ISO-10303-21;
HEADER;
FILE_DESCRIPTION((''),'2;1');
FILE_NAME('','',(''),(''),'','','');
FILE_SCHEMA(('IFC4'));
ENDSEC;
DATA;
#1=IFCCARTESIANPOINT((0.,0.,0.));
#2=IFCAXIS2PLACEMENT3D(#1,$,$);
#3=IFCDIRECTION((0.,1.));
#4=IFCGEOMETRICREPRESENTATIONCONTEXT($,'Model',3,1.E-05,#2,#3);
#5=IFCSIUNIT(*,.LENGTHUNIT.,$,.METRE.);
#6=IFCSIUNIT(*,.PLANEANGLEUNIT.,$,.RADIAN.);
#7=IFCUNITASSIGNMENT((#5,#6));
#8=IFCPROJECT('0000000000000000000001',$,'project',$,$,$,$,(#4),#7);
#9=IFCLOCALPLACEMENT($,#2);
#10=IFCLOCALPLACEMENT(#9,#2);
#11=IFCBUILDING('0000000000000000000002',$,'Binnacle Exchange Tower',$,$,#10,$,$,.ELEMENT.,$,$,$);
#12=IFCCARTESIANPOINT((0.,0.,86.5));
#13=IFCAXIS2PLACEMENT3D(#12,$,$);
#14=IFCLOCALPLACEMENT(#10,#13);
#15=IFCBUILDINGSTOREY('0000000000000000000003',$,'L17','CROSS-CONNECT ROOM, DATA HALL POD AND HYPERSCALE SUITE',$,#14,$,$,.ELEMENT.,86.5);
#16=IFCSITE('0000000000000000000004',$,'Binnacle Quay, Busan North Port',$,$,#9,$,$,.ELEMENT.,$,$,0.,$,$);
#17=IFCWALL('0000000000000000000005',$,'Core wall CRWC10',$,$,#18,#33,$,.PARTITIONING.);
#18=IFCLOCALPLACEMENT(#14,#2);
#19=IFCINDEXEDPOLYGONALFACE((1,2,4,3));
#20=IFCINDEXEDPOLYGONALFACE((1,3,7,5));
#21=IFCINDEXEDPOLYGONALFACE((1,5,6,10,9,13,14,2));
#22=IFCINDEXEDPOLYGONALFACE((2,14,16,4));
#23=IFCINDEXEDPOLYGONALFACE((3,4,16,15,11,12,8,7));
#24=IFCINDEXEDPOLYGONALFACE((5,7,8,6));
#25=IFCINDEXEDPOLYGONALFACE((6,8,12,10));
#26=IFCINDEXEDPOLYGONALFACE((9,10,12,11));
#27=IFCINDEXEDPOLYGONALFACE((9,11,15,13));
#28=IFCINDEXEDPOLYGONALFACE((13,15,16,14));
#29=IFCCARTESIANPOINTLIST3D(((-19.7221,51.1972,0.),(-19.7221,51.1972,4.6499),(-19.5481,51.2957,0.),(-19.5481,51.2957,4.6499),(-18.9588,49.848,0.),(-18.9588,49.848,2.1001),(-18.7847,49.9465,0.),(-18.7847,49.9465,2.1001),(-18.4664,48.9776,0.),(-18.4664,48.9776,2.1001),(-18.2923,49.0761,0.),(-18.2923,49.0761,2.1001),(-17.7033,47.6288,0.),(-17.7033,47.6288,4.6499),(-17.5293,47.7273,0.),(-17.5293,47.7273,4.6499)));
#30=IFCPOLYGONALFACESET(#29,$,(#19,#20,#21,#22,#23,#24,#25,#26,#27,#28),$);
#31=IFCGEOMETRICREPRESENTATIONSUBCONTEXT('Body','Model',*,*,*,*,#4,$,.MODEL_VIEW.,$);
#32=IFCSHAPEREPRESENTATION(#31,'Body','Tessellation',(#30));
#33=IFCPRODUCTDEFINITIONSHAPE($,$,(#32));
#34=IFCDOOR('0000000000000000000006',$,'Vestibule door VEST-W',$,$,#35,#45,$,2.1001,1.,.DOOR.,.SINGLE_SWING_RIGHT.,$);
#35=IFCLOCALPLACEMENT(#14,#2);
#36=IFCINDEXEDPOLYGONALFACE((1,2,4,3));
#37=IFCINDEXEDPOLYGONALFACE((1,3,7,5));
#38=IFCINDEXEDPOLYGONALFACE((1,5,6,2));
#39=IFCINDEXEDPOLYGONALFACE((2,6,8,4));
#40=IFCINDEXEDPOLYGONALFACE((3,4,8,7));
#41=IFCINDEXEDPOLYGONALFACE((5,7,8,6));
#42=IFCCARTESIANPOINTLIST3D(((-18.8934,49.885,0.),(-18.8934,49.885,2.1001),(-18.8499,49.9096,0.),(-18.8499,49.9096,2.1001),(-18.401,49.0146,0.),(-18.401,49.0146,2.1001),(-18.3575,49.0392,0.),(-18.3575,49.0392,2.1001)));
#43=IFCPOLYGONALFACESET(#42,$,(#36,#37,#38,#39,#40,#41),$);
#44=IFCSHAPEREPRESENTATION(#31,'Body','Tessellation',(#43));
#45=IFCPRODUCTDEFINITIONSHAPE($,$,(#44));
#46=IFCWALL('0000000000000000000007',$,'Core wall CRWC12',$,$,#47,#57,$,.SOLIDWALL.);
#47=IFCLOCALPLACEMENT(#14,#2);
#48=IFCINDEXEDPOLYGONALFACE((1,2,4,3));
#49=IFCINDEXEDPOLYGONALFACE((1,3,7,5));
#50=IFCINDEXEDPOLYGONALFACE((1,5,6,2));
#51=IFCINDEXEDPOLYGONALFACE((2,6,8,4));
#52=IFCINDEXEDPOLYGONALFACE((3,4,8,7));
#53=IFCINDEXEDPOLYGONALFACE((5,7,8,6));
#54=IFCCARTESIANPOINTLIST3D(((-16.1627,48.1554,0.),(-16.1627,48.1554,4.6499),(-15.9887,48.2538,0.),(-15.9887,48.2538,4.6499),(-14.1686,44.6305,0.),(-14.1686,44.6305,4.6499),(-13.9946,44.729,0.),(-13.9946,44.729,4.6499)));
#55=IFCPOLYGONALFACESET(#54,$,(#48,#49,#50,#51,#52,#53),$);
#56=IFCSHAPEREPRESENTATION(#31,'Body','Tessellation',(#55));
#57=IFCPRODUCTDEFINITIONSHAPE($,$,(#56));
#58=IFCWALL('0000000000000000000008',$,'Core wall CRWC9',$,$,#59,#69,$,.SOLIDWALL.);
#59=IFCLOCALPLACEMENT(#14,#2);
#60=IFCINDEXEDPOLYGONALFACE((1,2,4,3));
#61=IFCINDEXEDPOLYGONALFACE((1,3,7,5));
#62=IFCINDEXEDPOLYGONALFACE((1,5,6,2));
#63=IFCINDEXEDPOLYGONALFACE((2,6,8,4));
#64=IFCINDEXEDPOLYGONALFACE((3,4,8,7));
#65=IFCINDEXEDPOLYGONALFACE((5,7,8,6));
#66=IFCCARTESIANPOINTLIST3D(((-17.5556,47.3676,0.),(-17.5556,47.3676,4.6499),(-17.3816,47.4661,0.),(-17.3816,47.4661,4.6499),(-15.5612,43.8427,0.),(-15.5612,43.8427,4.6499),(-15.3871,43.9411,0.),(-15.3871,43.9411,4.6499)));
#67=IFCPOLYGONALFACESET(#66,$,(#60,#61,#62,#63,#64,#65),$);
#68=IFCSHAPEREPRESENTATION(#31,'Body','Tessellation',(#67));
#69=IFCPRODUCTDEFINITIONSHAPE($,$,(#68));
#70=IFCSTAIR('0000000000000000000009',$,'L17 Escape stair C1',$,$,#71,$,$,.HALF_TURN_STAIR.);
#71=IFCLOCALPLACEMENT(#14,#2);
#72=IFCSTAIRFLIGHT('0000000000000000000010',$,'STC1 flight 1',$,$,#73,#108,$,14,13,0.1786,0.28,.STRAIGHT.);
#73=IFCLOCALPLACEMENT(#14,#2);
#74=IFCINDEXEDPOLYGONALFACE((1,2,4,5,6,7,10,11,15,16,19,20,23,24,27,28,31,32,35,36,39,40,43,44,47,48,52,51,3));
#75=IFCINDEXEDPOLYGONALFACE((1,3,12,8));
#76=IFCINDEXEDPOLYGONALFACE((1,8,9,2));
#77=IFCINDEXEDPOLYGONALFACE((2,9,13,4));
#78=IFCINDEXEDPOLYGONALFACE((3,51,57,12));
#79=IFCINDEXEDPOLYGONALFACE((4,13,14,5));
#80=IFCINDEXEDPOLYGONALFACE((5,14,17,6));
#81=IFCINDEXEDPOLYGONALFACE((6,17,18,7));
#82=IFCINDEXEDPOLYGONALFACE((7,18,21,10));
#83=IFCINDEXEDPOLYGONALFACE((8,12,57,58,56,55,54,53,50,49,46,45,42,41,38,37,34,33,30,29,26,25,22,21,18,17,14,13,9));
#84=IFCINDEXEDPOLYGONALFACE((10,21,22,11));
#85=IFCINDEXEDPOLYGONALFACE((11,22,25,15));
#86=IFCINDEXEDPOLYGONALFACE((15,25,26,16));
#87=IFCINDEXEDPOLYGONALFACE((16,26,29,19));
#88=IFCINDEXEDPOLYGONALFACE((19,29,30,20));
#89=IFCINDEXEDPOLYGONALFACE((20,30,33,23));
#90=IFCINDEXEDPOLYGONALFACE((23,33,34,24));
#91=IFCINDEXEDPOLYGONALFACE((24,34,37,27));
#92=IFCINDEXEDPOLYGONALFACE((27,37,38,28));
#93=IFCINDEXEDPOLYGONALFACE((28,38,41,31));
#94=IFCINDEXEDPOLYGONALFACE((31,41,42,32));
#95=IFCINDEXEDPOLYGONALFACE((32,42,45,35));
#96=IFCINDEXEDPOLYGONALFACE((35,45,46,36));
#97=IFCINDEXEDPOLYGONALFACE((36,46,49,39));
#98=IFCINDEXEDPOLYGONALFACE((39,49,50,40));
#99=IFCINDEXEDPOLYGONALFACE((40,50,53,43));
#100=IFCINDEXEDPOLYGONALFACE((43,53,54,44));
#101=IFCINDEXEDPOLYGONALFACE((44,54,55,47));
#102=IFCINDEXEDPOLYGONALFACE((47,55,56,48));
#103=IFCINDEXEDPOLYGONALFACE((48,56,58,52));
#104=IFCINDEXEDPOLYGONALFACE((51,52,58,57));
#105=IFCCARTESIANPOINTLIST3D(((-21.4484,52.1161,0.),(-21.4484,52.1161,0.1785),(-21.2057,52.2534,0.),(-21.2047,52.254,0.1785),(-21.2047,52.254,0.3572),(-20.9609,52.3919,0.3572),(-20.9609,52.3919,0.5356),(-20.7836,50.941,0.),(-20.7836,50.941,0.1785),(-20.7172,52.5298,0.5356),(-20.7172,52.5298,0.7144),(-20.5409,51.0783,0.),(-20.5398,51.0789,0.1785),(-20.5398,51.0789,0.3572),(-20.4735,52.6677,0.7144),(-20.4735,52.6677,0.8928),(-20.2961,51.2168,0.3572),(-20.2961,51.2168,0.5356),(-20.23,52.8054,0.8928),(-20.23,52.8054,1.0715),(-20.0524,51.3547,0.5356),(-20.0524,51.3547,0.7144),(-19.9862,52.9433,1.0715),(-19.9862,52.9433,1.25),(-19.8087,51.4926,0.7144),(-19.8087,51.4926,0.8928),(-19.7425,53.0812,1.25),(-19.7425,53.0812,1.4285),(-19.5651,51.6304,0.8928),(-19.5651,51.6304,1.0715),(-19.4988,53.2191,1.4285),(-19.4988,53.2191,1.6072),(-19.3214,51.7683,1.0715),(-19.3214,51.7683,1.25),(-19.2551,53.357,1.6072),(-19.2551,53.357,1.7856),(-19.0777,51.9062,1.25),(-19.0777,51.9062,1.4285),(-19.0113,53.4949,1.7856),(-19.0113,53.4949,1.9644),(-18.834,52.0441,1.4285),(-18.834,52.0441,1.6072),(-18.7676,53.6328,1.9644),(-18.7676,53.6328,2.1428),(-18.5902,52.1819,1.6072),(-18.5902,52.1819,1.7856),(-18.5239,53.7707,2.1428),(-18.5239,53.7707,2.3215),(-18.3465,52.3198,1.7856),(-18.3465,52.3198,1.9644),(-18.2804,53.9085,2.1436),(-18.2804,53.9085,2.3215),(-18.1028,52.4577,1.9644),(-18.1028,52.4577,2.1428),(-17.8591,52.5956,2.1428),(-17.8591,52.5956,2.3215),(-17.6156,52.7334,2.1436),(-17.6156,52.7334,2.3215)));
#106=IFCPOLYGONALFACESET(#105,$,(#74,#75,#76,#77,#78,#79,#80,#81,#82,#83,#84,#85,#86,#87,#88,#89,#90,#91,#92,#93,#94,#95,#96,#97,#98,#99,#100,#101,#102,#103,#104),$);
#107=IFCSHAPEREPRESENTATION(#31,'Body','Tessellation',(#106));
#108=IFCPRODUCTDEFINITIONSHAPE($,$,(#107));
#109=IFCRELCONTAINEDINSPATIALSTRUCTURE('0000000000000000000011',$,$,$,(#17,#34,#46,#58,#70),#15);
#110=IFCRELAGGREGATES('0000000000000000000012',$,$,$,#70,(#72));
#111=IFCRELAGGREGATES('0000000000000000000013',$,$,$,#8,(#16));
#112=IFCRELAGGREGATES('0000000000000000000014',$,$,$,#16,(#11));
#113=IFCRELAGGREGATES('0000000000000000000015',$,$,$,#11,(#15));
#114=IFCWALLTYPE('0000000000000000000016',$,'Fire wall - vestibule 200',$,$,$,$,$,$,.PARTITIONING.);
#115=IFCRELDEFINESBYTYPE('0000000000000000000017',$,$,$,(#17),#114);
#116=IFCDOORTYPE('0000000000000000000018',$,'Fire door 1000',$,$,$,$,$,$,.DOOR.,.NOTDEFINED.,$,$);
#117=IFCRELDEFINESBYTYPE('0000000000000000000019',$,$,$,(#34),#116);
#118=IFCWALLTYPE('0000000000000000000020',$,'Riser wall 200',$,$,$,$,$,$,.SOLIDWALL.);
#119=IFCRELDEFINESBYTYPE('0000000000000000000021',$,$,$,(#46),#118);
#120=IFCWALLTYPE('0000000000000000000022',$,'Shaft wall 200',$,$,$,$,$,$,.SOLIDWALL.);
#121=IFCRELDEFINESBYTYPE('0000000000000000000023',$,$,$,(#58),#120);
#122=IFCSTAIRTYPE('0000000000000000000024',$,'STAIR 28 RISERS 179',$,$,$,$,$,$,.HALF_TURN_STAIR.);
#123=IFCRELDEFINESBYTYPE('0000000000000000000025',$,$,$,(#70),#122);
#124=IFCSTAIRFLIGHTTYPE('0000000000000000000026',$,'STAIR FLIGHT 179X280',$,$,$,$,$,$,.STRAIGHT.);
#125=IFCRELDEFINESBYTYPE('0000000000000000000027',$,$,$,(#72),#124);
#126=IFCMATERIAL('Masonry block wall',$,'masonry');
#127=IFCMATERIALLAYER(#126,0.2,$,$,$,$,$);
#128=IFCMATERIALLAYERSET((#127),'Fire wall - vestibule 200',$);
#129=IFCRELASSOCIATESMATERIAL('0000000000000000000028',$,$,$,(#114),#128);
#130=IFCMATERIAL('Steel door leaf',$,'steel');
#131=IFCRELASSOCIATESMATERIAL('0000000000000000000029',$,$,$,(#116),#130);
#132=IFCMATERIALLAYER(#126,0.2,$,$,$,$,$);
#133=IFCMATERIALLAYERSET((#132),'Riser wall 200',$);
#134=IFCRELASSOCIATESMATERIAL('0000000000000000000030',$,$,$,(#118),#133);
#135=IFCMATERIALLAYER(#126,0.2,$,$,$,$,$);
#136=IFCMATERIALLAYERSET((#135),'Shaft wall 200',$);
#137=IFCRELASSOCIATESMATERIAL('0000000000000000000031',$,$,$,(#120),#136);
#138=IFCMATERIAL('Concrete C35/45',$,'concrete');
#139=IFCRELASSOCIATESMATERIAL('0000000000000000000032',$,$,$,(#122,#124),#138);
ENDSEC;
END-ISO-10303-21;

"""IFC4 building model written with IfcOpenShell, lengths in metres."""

from ifc_helpers import new_model, si_unit, direction, frame, frame_2d, origin, place, context, subcontext, project, spatial, polyline, rectangle, outline, extrude, material, layer, layer_set, type_object, element, fill, aggregate, save


model = new_model("IFC4")

# Units and contexts
model_context = context("Model", 3, precision=1e-05, world=origin(), true_north=direction((0.0, 1.0)))
body_context = subcontext(model_context, "Body", "Model", "MODEL_VIEW")
ifc_project = project(units=[si_unit("LENGTHUNIT", "METRE"), si_unit("PLANEANGLEUNIT", "RADIAN")], contexts=[model_context])

# Site, building, storey
site_placement = place(None, origin())
site = spatial("IfcSite", under=ifc_project, at=site_placement, Name="Binnacle Quay, Busan North Port", CompositionType="ELEMENT", RefElevation=0.0)
building_placement = place(site_placement, origin())
building = spatial("IfcBuilding", under=site, at=building_placement, Name="Binnacle Exchange Tower", CompositionType="ELEMENT")
storey_placement = place(building_placement, frame((0.0, 0.0, 86.5)))
storey = spatial("IfcBuildingStorey", under=building, at=storey_placement, Name="L17", Description="CROSS-CONNECT ROOM, DATA HALL POD AND HYPERSCALE SUITE", CompositionType="ELEMENT", Elevation=86.5)

# Shared definitions
ifc_material_1 = material(Name="Steel door leaf", Category="steel")

# Wall, opening, door
ifc_material_2 = material(Name="Masonry block wall", Category="masonry")
ifc_layer_1 = layer(ifc_material_2, 0.2)
ifc_layer_set_1 = layer_set([ifc_layer_1], Name="Fire wall - vestibule 200")
wall_type_1 = type_object("IfcWallType", Name="Fire wall - vestibule 200", PredefinedType="PARTITIONING", material=ifc_layer_set_1)
wall_1_placement = place(storey_placement, frame((-19.635, 51.2463, 0.0), z_axis=(0.0, 0.0, 1.0), x_axis=(0.492408, -0.870364, 0.0)))
wall_1 = element("IfcWall", 1, at=wall_1_placement, inside=storey, type_object=wall_type_1, Name="Core wall CRWC10", PredefinedType="PARTITIONING", context=body_context, shape_type="SweptSolid", body=[
    extrude(rectangle(XDim=4.0999, YDim=0.2, at=frame_2d((2.0498, 0.0))), origin(), (0.0, 0.0, 1.0), 4.6499),
])
opening_1_placement = place(wall_1_placement, frame((1.55, 0.0, 0.0)))
opening_1 = element("IfcOpeningElement", 2, at=opening_1_placement, cuts=wall_1, PredefinedType="OPENING", context=body_context, shape_type="SweptSolid", body=[
    extrude(rectangle(XDim=1.0, YDim=2.1001, at=frame_2d((0.5, 1.05))), frame((0.0, 0.1099, 0.0), z_axis=(0.0, -1.0, 0.0), x_axis=(1.0, 0.0, 0.0)), (0.0, 0.0, 1.0), 0.22),
])
door_type_1 = type_object("IfcDoorType", Name="Fire door 1000", OperationType="NOTDEFINED", PredefinedType="DOOR", material=ifc_material_1)
door_1_placement = place(opening_1_placement, frame((1.0, 0.0, 0.0), z_axis=(0.0, 0.0, 1.0), x_axis=(-1.0, 0.0, 0.0)))
door_1 = element("IfcDoor", 3, at=door_1_placement, inside=storey, type_object=door_type_1, Name="Vestibule door VEST-W", OperationType="SINGLE_SWING_RIGHT", OverallHeight=2.1001, OverallWidth=1.0, PredefinedType="DOOR", context=body_context, shape_type="SweptSolid", body=[
    extrude(rectangle(XDim=1.0, YDim=2.1001, at=frame_2d((0.5, 1.05))), frame((0.0, 0.0249, 0.0), z_axis=(0.0, -1.0, 0.0), x_axis=(1.0, 0.0, 0.0)), (0.0, 0.0, 1.0), 0.05),
])
fill(opening_1, door_1)

# Walls
ifc_layer_2 = layer(ifc_material_2, 0.2)
ifc_layer_set_2 = layer_set([ifc_layer_2], Name="Riser wall 200")
wall_type_2 = type_object("IfcWallType", Name="Riser wall 200", PredefinedType="SOLIDWALL", material=ifc_layer_set_2)
wall_2_placement = place(storey_placement, frame((-16.0757, 48.2046, 0.0), z_axis=(0.0, 0.0, 1.0), x_axis=(0.492395, -0.870372, 0.0)))
element("IfcWall", 4, at=wall_2_placement, inside=storey, type_object=wall_type_2, Name="Core wall CRWC12", PredefinedType="SOLIDWALL", context=body_context, shape_type="SweptSolid", body=[
    extrude(rectangle(XDim=4.0498, YDim=0.2, at=frame_2d((2.0249, 0.0))), origin(), (0.0, 0.0, 1.0), 4.6499),
])
ifc_layer_3 = layer(ifc_material_2, 0.2)
ifc_layer_set_3 = layer_set([ifc_layer_3], Name="Shaft wall 200")
wall_type_3 = type_object("IfcWallType", Name="Shaft wall 200", PredefinedType="SOLIDWALL", material=ifc_layer_set_3)
wall_3_placement = place(storey_placement, frame((-17.4685, 47.4167, 0.0), z_axis=(0.0, 0.0, 1.0), x_axis=(0.492441, -0.870346, 0.0)))
element("IfcWall", 5, at=wall_3_placement, inside=storey, type_object=wall_type_3, Name="Core wall CRWC9", PredefinedType="SOLIDWALL", context=body_context, shape_type="SweptSolid", body=[
    extrude(rectangle(XDim=4.05, YDim=0.2, at=frame_2d((2.0249, 0.0))), origin(), (0.0, 0.0, 1.0), 4.6499),
])

# Stair, stair flight
ifc_material_3 = material(Name="Concrete C35/45", Category="concrete")
stair_type = type_object("IfcStairType", Name="STAIR 28 RISERS 179", PredefinedType="HALF_TURN_STAIR", material=ifc_material_3)
stair_placement = place(storey_placement, origin())
stair = element("IfcStair", 6, at=stair_placement, inside=storey, type_object=stair_type, Name="L17 Escape stair C1", PredefinedType="HALF_TURN_STAIR")
stair_flight_type = type_object("IfcStairFlightType", Name="STAIR FLIGHT 179X280", PredefinedType="STRAIGHT", material=ifc_material_3)
stair_flight_placement = place(storey_placement, frame((-21.116, 51.5286, 0.0), z_axis=(0.0, 0.0, 1.0), x_axis=(0.870356, 0.492424, 0.0)))
stair_flight = element("IfcStairFlight", 7, at=stair_flight_placement, type_object=stair_flight_type, Name="STC1 flight 1", NumberOfRisers=14, NumberOfTreads=13, PredefinedType="STRAIGHT", RiserHeight=0.1786, TreadLength=0.28, context=body_context, shape_type="SweptSolid", body=[
    extrude(outline(polyline([(0.0, 0.0), (0.0, 0.1785), (0.28, 0.1785), (0.28, 0.3572), (0.5601, 0.3572), (0.5601, 0.5356), (0.8401, 0.5356), (0.8401, 0.7144), (1.1201, 0.7144), (1.1201, 0.8928), (1.3999, 0.8928), (1.3999, 1.0715), (1.6799, 1.0715), (1.6799, 1.25), (1.96, 1.25), (1.96, 1.4285), (2.24, 1.4285), (2.24, 1.6072), (2.52, 1.6072), (2.52, 1.7856), (2.8, 1.7856), (2.8, 1.9644), (3.0801, 1.9644), (3.0801, 2.1428), (3.3601, 2.1428), (3.3601, 2.3215), (3.6399, 2.3215), (3.6399, 2.5), (3.6399, 2.1436), (0.2788, 0.0), (0.0, 0.0)])), frame((0.0, 0.675, 0.0), z_axis=(0.0, -1.0, 0.0), x_axis=(1.0, 0.0, 0.0)), (0.0, 0.0, 1.0), 1.3501),
])
aggregate(stair, [stair_flight])

save(model, "model.ifc")
